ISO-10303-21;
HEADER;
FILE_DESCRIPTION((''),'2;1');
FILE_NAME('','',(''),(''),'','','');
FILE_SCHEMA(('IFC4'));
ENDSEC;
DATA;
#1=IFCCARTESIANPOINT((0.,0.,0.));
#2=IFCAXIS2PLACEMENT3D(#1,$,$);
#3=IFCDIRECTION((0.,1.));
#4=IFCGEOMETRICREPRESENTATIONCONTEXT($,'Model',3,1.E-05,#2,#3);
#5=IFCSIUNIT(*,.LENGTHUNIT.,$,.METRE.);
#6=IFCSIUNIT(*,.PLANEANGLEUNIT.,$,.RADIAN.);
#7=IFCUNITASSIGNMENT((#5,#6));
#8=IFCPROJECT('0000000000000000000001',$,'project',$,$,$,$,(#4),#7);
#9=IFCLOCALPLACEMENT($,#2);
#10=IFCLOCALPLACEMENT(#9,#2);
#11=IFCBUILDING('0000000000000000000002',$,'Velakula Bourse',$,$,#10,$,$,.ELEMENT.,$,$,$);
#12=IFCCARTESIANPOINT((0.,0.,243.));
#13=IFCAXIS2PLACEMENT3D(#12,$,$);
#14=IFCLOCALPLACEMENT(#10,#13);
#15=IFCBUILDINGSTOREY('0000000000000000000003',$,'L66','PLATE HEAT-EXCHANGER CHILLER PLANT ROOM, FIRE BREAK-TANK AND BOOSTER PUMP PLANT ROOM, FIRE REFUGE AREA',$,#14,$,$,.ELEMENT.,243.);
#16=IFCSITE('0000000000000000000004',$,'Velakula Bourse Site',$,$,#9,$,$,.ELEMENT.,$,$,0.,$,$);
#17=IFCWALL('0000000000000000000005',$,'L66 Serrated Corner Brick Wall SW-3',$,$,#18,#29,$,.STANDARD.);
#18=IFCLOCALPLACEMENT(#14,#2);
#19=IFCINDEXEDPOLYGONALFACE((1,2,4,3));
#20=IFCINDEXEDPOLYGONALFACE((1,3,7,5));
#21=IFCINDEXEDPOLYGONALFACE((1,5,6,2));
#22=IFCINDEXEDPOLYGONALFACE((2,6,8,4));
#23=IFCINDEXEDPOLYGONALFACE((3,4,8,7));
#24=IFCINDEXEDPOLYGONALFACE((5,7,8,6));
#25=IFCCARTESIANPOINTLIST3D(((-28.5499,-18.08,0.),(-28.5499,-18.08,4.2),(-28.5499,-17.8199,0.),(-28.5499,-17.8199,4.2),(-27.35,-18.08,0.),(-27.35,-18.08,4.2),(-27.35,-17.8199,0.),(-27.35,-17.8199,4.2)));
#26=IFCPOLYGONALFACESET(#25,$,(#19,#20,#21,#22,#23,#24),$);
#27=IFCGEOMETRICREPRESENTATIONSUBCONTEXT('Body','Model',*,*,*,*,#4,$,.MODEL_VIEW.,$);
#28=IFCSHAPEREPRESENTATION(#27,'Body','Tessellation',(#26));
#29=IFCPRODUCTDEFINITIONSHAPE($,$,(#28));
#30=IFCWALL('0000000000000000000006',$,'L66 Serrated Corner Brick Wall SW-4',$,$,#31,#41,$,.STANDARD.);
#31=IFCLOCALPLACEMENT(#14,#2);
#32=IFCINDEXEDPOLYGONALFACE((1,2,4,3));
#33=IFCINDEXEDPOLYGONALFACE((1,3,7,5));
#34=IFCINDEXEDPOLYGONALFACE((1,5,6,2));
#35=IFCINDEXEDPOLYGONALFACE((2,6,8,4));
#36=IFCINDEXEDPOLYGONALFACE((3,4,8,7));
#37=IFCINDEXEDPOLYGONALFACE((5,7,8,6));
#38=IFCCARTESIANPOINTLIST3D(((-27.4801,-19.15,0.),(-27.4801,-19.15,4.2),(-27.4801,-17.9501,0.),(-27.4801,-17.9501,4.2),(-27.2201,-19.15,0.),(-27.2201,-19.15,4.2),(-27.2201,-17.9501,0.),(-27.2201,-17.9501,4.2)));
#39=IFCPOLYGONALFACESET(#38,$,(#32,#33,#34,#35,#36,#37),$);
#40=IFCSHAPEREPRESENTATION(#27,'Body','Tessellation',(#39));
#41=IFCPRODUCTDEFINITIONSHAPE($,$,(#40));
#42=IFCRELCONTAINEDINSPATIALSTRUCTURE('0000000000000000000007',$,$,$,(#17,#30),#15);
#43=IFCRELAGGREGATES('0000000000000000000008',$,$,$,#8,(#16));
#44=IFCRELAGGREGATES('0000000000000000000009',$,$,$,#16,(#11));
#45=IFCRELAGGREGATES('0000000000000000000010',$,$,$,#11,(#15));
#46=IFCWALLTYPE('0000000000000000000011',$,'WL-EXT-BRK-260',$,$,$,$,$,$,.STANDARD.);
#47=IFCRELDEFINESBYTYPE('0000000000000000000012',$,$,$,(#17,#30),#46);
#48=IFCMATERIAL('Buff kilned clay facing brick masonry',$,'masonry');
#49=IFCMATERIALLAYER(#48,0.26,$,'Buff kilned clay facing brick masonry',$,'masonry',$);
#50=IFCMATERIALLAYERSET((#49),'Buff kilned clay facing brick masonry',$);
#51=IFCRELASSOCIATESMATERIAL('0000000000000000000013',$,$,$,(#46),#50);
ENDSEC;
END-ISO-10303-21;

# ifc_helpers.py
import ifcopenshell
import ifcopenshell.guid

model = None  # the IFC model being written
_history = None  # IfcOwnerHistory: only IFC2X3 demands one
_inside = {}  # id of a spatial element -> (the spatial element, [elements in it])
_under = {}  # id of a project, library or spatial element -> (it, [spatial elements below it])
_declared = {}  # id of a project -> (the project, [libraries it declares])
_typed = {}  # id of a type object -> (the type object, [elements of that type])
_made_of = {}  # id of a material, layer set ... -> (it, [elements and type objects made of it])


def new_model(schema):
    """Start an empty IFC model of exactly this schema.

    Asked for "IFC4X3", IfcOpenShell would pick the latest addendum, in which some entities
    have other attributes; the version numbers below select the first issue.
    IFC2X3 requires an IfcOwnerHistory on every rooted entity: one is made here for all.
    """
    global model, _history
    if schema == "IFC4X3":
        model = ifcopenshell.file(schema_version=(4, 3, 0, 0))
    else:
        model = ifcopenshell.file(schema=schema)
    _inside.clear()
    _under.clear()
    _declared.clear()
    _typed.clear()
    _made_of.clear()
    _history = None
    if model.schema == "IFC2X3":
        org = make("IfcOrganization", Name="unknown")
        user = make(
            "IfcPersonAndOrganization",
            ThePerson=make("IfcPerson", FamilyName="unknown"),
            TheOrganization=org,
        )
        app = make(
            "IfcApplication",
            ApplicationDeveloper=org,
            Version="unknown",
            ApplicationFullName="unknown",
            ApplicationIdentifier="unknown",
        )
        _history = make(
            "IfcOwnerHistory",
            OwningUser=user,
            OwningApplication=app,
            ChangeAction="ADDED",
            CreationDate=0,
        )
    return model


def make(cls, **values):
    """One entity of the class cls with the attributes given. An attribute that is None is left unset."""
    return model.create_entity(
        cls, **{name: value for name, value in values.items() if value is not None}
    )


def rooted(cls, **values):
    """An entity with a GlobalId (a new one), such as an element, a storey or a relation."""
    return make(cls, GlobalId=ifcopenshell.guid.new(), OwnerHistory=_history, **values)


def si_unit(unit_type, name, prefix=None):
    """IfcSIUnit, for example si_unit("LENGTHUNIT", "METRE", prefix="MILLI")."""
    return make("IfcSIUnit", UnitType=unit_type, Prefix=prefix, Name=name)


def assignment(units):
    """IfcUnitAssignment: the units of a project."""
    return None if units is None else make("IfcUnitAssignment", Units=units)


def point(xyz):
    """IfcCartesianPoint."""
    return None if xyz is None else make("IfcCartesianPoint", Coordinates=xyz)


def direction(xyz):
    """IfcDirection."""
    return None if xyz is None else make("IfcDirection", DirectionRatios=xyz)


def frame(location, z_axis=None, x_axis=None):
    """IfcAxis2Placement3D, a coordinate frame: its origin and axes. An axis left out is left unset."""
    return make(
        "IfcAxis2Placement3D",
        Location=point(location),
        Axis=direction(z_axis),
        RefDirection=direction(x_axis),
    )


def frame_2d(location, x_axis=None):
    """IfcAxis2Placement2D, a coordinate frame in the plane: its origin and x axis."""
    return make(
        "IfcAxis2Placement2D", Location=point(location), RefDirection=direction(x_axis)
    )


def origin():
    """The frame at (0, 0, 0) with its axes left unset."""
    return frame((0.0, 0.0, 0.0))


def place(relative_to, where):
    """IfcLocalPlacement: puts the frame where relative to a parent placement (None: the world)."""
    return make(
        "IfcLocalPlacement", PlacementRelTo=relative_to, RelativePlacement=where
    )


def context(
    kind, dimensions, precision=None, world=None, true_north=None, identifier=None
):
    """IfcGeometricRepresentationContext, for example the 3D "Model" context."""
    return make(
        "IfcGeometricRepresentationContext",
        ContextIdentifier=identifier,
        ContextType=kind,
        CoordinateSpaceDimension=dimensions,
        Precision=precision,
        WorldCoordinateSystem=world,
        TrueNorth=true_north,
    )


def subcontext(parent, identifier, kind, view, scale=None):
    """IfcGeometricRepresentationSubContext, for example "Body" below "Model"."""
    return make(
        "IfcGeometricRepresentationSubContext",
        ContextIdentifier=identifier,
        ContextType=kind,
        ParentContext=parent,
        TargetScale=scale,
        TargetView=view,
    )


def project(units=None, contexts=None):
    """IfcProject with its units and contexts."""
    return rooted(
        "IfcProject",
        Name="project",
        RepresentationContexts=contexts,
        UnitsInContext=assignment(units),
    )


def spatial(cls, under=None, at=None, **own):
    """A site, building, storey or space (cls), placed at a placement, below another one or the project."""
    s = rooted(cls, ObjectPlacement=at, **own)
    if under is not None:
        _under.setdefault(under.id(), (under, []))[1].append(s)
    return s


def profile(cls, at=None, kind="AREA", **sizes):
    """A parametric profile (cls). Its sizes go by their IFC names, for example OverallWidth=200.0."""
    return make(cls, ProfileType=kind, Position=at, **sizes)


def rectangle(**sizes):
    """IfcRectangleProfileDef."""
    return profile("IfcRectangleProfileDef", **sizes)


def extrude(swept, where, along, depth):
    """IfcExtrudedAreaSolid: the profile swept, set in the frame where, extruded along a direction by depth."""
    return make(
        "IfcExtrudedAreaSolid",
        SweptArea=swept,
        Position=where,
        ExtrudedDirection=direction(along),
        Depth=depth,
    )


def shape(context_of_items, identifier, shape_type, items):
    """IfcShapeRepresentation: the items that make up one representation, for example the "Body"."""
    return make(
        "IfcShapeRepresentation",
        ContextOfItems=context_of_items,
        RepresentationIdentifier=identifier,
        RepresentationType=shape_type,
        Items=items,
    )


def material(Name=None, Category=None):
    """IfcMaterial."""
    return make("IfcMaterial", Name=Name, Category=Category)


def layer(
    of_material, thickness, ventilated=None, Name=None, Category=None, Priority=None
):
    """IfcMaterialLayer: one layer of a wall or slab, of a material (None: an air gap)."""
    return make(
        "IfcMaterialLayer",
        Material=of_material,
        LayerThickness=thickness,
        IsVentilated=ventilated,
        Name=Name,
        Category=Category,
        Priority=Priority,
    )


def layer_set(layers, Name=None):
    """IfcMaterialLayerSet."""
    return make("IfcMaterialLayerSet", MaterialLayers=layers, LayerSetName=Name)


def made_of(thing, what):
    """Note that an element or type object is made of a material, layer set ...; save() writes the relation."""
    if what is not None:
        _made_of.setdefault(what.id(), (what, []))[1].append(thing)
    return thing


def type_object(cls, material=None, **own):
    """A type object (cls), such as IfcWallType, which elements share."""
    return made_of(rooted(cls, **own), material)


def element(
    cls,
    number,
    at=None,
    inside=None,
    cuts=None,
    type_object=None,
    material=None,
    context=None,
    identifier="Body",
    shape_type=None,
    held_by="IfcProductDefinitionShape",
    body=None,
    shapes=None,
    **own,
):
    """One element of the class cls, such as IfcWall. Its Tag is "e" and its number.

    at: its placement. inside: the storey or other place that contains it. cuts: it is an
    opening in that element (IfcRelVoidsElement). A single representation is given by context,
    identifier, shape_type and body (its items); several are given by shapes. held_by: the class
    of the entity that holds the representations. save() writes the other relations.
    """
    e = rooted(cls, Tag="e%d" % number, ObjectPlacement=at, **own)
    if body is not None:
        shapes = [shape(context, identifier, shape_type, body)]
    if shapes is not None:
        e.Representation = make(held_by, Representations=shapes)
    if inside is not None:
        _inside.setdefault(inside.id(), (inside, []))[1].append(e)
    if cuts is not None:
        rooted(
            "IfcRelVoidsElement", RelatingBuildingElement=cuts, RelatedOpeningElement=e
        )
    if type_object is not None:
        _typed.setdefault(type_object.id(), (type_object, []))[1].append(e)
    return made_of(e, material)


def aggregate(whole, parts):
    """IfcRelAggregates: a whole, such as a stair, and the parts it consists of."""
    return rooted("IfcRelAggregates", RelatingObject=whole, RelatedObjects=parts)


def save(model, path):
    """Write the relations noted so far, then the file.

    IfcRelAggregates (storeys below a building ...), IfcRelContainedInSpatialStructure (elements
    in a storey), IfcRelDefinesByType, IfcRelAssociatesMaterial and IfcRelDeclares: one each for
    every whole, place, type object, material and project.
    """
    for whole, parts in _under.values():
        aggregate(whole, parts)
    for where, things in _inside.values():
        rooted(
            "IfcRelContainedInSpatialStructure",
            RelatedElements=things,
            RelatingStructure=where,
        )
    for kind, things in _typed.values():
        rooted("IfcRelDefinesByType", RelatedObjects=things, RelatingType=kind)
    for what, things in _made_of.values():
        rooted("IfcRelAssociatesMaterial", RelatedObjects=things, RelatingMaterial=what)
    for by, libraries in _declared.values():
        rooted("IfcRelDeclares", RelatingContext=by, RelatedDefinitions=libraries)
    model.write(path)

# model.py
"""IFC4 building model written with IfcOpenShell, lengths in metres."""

from ifc_helpers import new_model, si_unit, direction, frame, frame_2d, origin, place, context, subcontext, project, spatial, rectangle, extrude, material, layer, layer_set, type_object, element, save


model = new_model("IFC4")

# Units and contexts
model_context = context("Model", 3, precision=1e-05, world=origin(), true_north=direction((0.0, 1.0)))
body_context = subcontext(model_context, "Body", "Model", "MODEL_VIEW")
ifc_project = project(units=[si_unit("LENGTHUNIT", "METRE"), si_unit("PLANEANGLEUNIT", "RADIAN")], contexts=[model_context])

# Site, building, storey
site_placement = place(None, origin())
site = spatial("IfcSite", under=ifc_project, at=site_placement, Name="Velakula Bourse Site", CompositionType="ELEMENT", RefElevation=0.0)
building_placement = place(site_placement, origin())
building = spatial("IfcBuilding", under=site, at=building_placement, Name="Velakula Bourse", CompositionType="ELEMENT")
storey_placement = place(building_placement, frame((0.0, 0.0, 243.0)))
storey = spatial("IfcBuildingStorey", under=building, at=storey_placement, Name="L66", Description="PLATE HEAT-EXCHANGER CHILLER PLANT ROOM, FIRE BREAK-TANK AND BOOSTER PUMP PLANT ROOM, FIRE REFUGE AREA", CompositionType="ELEMENT", Elevation=243.0)

# Walls
ifc_material_1 = material(Name="Buff kilned clay facing brick masonry", Category="masonry")
ifc_layer = layer(ifc_material_1, 0.26, Name="Buff kilned clay facing brick masonry", Category="masonry")
ifc_layer_set = layer_set([ifc_layer], Name="Buff kilned clay facing brick masonry")
wall_type = type_object("IfcWallType", Name="WL-EXT-BRK-260", PredefinedType="STANDARD", material=ifc_layer_set)
for number, where, z_axis, x_axis, name in (
    (1, (-28.55, -17.95, 0.0), (0.0, 0.0, 1.0), (1.0, 0.0, 0.0), "L66 Serrated Corner Brick Wall SW-3"),
    (2, (-27.3501, -17.95, 0.0), (0.0, 0.0, 1.0), (0.0, -1.0, 0.0), "L66 Serrated Corner Brick Wall SW-4"),
):
    element("IfcWall", number, at=place(storey_placement, frame(where, z_axis=z_axis, x_axis=x_axis)), inside=storey, type_object=wall_type, Name=name, PredefinedType="STANDARD", context=body_context, shape_type="SweptSolid", body=[
        extrude(rectangle(XDim=1.2, YDim=0.26, at=frame_2d((0.6001, 0.0))), origin(), (0.0, 0.0, 1.0), 4.2),
    ])

save(model, "model.ifc")
